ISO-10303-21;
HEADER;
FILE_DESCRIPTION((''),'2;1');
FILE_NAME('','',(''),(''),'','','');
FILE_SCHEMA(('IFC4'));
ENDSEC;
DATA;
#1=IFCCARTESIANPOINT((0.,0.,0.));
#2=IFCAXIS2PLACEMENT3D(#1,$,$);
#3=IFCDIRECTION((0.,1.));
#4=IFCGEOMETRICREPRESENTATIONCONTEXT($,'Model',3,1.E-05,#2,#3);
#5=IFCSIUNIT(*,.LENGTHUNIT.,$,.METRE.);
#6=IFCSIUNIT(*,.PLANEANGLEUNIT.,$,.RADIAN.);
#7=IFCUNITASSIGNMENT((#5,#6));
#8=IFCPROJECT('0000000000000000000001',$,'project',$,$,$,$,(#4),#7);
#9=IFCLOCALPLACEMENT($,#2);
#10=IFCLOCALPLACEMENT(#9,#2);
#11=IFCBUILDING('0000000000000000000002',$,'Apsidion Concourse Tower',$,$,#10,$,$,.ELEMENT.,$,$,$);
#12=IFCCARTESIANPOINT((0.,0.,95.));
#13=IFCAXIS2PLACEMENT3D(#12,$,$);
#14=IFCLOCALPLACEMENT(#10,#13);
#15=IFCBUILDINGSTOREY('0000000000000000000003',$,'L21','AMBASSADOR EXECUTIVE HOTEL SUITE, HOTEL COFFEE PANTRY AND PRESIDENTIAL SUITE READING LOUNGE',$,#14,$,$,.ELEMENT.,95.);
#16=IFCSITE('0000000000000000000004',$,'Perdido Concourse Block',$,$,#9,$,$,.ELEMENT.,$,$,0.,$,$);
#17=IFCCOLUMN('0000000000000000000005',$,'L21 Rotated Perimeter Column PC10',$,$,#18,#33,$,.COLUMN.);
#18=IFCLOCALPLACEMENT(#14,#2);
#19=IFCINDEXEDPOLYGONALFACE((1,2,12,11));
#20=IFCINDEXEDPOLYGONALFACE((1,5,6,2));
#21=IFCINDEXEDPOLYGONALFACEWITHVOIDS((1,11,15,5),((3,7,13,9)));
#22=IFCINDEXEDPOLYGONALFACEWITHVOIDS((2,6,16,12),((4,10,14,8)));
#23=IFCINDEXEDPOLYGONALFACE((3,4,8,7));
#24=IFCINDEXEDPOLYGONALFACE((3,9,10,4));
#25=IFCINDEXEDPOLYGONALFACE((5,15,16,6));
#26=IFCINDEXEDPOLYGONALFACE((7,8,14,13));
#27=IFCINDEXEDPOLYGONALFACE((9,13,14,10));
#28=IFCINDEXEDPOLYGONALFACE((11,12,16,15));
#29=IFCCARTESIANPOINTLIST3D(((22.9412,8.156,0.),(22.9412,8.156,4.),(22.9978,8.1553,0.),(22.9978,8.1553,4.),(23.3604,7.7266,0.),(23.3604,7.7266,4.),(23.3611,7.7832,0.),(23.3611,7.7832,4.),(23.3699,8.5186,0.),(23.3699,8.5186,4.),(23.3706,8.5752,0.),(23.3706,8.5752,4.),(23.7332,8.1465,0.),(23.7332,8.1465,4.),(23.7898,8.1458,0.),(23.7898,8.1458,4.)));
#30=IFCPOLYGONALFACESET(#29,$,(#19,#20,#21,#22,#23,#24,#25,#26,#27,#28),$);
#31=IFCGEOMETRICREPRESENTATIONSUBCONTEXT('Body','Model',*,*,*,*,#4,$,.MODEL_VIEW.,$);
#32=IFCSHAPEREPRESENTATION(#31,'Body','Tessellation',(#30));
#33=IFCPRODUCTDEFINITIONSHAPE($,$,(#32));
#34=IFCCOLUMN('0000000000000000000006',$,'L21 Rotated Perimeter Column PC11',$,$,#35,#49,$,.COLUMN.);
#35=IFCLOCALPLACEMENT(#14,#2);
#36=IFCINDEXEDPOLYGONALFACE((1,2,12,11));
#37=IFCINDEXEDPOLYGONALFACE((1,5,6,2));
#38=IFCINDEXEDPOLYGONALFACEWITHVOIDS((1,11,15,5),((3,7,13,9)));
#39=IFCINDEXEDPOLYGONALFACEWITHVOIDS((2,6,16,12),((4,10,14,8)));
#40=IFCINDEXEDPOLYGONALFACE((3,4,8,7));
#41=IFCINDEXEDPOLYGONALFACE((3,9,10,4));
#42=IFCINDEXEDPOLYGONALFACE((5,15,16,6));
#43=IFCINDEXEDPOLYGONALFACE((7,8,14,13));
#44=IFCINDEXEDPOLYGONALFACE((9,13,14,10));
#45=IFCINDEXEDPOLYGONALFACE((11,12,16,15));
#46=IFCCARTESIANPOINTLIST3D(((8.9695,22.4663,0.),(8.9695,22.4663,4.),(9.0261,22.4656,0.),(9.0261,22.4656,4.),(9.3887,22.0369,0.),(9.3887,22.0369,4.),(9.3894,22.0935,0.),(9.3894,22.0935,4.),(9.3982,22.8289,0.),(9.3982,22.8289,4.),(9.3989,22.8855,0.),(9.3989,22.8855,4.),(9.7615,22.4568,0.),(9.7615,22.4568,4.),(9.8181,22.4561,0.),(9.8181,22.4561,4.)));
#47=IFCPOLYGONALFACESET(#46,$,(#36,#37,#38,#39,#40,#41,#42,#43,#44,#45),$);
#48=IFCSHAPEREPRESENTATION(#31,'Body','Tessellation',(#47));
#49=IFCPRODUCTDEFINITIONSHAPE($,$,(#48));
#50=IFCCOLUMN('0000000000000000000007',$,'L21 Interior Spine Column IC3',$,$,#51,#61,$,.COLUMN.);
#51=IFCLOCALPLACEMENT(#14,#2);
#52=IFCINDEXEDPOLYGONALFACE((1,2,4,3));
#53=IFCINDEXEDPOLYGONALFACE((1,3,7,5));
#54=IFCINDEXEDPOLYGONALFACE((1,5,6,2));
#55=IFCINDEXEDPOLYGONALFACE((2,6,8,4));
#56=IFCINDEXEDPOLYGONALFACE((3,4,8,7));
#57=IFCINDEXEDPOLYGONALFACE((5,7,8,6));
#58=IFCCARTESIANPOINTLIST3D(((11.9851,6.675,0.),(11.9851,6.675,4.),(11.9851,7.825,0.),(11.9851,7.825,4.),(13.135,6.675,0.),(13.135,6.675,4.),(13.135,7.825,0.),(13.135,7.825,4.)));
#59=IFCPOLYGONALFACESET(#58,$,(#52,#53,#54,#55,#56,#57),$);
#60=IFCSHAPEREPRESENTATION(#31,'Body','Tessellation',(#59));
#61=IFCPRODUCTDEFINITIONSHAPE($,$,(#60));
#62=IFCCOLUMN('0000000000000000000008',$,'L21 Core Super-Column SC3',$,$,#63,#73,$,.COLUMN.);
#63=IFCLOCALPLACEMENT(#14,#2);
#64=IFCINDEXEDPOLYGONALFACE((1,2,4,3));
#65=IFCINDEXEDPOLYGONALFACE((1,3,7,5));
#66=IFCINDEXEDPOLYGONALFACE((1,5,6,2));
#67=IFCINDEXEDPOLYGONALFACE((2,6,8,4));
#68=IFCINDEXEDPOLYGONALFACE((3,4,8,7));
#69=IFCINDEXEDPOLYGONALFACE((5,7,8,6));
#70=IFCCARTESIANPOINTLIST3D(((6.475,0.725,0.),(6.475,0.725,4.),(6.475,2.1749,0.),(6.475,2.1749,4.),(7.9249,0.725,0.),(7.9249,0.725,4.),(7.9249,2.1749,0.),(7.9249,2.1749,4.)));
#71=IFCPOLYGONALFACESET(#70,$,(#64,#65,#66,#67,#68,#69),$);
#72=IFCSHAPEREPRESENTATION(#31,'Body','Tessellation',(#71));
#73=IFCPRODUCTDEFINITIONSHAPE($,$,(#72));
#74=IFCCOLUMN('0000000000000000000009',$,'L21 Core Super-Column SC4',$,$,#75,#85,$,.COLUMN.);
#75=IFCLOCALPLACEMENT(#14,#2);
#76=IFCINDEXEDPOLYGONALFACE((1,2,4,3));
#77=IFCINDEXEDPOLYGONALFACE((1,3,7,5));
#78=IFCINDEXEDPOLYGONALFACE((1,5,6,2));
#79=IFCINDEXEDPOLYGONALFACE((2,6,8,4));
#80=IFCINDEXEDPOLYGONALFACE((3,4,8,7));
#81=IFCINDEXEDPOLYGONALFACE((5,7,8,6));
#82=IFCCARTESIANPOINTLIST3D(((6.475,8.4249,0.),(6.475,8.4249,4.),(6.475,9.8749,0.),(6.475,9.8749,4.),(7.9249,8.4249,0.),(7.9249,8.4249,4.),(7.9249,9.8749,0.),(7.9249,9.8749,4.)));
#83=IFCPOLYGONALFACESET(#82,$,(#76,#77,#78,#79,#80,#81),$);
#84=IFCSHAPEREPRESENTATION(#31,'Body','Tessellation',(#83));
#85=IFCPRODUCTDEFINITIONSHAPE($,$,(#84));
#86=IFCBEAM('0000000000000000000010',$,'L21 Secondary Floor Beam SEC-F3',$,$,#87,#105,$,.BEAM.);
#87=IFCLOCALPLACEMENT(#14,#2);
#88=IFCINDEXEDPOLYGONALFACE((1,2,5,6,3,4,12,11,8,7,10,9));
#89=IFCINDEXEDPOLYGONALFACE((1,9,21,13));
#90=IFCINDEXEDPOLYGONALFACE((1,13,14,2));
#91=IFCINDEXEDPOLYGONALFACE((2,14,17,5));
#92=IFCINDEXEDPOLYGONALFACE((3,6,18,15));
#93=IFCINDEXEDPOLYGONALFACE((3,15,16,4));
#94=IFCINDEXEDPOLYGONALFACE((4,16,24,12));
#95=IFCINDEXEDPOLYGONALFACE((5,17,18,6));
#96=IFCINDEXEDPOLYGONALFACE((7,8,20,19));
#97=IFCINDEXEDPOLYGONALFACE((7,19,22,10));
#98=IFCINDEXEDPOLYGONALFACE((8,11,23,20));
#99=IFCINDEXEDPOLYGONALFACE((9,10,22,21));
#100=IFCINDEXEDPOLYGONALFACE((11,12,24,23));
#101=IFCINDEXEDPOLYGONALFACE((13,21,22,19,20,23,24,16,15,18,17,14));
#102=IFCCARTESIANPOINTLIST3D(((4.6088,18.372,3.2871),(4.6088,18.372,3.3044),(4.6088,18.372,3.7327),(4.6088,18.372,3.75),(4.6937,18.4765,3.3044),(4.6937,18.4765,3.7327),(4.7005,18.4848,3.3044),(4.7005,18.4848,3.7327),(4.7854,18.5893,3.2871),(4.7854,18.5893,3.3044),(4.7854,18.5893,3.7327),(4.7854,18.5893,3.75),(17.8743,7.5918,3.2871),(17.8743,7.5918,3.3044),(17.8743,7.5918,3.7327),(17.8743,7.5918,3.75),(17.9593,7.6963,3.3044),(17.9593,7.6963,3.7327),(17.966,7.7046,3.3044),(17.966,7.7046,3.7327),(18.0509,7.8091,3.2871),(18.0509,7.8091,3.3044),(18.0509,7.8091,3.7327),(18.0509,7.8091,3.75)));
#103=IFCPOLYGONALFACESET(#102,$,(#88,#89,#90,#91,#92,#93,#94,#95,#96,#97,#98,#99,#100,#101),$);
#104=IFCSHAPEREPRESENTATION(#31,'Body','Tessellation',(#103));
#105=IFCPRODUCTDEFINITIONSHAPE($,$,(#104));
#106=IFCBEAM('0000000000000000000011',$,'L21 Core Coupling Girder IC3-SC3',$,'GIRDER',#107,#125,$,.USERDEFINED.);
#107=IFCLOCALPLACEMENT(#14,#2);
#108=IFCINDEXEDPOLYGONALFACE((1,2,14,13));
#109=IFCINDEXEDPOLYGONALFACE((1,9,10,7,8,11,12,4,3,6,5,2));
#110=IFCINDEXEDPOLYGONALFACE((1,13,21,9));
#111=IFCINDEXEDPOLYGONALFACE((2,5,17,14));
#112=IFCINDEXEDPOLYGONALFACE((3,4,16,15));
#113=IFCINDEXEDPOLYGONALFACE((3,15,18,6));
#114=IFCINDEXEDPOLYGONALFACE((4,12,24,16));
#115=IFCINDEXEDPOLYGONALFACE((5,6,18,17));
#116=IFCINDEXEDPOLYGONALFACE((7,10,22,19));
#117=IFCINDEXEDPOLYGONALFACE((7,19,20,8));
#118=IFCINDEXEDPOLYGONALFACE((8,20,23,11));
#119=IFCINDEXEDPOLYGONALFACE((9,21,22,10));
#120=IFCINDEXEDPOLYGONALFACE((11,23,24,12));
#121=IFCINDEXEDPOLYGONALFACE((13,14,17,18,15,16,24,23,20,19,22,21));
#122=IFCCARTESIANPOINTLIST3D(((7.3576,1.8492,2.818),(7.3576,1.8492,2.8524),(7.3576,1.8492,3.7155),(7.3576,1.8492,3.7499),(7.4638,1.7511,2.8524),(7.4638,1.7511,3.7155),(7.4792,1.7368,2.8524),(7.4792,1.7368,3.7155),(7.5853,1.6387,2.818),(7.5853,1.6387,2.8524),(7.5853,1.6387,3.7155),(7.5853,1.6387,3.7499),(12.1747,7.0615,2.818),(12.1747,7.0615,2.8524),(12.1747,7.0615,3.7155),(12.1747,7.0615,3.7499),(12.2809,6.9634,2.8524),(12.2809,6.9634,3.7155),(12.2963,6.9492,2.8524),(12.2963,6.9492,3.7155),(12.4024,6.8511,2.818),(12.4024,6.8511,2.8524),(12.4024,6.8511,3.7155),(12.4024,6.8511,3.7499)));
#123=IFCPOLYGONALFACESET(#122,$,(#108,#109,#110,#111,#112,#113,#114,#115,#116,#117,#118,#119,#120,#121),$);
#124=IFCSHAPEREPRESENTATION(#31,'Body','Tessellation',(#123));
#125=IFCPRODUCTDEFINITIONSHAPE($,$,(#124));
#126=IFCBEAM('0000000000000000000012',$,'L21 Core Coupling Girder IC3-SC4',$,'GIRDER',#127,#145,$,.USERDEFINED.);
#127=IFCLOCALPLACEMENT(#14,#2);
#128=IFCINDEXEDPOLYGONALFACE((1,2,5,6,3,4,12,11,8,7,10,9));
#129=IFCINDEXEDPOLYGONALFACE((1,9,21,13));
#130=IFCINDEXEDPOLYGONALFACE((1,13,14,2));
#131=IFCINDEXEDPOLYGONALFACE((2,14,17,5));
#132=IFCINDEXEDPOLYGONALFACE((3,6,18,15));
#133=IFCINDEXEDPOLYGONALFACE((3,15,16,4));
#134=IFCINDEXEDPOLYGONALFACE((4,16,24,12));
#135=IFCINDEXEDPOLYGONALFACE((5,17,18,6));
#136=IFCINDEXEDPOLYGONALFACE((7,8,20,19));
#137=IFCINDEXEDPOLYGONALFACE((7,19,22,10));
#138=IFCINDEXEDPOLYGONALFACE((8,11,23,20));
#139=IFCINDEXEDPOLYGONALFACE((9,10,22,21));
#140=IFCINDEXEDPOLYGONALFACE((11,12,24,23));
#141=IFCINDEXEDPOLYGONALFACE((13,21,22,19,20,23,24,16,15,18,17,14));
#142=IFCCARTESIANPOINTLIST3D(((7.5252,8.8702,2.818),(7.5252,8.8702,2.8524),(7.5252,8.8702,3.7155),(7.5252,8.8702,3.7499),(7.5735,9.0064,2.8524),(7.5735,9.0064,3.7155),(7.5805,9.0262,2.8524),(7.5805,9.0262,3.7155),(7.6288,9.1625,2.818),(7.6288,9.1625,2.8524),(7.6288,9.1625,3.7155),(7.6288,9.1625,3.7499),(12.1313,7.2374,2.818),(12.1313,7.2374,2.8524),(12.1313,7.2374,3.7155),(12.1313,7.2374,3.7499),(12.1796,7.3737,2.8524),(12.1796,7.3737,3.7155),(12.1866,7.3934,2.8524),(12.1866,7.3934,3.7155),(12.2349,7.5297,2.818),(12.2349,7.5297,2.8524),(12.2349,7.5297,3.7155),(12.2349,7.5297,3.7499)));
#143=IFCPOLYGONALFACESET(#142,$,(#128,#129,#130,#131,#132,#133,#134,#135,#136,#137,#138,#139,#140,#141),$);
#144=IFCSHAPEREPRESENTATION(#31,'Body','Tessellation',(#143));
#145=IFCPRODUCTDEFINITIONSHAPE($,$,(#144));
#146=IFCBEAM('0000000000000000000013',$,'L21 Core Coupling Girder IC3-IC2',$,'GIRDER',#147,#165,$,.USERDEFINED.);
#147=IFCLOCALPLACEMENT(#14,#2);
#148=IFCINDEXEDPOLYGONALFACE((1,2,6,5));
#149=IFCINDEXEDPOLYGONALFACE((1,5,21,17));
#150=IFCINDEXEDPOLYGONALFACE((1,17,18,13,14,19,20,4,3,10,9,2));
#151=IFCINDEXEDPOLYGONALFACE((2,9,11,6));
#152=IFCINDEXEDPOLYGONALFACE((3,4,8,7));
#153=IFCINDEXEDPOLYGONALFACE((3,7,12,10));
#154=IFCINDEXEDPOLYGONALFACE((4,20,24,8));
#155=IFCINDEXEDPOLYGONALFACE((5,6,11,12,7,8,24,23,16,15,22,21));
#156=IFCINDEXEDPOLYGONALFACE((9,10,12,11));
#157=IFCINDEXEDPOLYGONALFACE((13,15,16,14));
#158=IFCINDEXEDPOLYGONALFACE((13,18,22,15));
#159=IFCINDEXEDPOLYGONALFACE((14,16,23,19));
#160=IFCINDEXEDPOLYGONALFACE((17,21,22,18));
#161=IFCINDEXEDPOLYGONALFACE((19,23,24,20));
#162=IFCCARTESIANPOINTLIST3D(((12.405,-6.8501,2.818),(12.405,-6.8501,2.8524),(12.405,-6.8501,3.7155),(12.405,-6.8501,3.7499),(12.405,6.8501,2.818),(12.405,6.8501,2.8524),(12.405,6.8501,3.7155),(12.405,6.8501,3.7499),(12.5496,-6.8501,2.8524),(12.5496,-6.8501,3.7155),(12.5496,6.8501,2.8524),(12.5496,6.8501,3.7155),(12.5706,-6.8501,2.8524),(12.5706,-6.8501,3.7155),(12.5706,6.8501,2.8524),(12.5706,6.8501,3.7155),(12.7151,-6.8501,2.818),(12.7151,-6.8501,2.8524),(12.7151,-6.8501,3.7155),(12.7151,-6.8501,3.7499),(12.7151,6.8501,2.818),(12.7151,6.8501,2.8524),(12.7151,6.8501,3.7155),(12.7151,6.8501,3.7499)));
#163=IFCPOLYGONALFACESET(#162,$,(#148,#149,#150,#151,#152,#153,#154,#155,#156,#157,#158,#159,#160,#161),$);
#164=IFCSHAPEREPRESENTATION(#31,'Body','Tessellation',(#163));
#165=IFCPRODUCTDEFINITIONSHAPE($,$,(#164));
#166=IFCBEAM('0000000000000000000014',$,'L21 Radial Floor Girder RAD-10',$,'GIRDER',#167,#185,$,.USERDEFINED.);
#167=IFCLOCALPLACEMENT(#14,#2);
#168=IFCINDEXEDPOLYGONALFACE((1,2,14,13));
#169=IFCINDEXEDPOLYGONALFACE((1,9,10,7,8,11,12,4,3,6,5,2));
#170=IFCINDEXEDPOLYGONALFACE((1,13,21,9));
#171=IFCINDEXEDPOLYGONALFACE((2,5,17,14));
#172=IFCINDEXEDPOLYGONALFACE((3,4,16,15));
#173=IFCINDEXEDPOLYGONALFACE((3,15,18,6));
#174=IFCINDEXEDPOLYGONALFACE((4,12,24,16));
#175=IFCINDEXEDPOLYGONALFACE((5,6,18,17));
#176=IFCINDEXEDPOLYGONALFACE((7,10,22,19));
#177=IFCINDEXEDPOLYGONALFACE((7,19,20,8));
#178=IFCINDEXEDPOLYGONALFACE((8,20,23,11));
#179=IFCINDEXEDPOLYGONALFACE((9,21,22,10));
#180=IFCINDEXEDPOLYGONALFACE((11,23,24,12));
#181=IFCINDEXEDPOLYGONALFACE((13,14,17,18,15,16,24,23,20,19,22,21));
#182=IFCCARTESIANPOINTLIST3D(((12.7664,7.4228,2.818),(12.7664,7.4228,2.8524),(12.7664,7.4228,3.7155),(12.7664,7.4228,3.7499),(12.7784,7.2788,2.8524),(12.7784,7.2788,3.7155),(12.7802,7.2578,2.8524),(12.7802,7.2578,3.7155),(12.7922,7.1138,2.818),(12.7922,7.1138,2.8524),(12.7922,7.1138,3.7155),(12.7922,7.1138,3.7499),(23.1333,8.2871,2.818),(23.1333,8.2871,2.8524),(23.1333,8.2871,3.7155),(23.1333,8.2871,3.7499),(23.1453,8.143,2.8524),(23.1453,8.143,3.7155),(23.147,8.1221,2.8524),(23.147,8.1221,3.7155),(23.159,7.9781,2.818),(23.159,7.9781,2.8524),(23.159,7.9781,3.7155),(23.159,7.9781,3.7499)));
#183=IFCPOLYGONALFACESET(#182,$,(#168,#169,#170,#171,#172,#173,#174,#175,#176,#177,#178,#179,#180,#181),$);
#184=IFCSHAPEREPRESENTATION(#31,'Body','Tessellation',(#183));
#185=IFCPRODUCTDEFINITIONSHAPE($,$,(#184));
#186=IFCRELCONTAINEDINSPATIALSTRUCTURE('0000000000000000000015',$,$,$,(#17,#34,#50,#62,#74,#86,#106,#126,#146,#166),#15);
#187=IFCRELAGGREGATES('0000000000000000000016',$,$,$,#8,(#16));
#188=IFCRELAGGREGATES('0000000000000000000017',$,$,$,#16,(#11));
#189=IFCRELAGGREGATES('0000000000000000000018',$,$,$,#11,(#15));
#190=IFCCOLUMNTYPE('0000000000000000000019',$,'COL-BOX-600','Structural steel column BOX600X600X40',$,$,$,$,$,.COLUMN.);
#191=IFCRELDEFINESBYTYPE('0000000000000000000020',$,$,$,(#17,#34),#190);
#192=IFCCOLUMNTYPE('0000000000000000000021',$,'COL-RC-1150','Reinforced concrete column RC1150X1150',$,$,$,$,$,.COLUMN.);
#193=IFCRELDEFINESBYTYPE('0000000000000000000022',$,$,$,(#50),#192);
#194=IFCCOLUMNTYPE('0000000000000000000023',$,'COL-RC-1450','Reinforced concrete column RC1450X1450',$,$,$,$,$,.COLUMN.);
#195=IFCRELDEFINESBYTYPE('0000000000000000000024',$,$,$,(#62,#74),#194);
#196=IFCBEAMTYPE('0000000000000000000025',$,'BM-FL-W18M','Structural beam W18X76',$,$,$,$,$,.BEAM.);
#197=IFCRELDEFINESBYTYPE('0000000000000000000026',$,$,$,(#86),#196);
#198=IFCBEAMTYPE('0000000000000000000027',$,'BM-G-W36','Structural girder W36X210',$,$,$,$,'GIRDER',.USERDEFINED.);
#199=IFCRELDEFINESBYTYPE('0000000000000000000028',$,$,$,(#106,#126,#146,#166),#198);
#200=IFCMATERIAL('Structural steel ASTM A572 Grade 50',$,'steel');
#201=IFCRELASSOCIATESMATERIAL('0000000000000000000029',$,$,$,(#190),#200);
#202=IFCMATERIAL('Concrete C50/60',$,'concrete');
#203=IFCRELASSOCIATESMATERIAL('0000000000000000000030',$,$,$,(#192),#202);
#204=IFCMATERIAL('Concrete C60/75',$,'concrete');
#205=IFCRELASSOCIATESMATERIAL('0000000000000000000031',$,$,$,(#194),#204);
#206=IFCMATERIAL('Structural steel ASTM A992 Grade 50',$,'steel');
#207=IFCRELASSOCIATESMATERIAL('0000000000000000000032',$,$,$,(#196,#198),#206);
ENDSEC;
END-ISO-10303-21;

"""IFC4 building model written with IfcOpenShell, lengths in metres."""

from ifc_helpers import new_model, si_unit, direction, frame, origin, origin_2d, place, context, subcontext, project, spatial, rectangle, hollow_rectangle, i_section, extrude, material, material_profile, profile_set, type_object, element, save


model = new_model("IFC4")

# Units and contexts
model_context = context("Model", 3, precision=1e-05, world=origin(), true_north=direction((0.0, 1.0)))
body_context = subcontext(model_context, "Body", "Model", "MODEL_VIEW")
ifc_project = project(units=[si_unit("LENGTHUNIT", "METRE"), si_unit("PLANEANGLEUNIT", "RADIAN")], contexts=[model_context])

# Site, building, storey
site_placement = place(None, origin())
site = spatial("IfcSite", under=ifc_project, at=site_placement, Name="Perdido Concourse Block", CompositionType="ELEMENT", RefElevation=0.0)
building_placement = place(site_placement, origin())
building = spatial("IfcBuilding", under=site, at=building_placement, Name="Apsidion Concourse Tower", CompositionType="ELEMENT")
storey_placement = place(building_placement, frame((0.0, 0.0, 95.0)))
storey = spatial("IfcBuildingStorey", under=building, at=storey_placement, Name="L21", Description="AMBASSADOR EXECUTIVE HOTEL SUITE, HOTEL COFFEE PANTRY AND PRESIDENTIAL SUITE READING LOUNGE", CompositionType="ELEMENT", Elevation=95.0)

# Columns
ifc_material_1 = material(Name="Structural steel ASTM A572 Grade 50", Category="steel")
ifc_material_profile_1 = material_profile(ifc_material_1, hollow_rectangle(XDim=0.6001, YDim=0.6001, WallThickness=0.04, at=origin_2d()), Name="BOX600X600X40")
ifc_profile_set_1 = profile_set([ifc_material_profile_1], Name="Structural steel ASTM A572 Grade 50")
column_type_1 = type_object("IfcColumnType", Name="COL-BOX-600", Description="Structural steel column BOX600X600X40", PredefinedType="COLUMN", material=ifc_profile_set_1)
for number, where, z_axis, x_axis, name in (
    (1, (23.3655, 8.1509, 0.0), (0.0, 0.0, 1.0), (-0.69854, 0.715571, 0.0), "L21 Rotated Perimeter Column PC10"),
    (2, (9.3938, 22.4612, 0.0), (0.0, 0.0, 1.0), (-0.69854, 0.715571, 0.0), "L21 Rotated Perimeter Column PC11"),
):
    element("IfcColumn", number, at=place(storey_placement, frame(where, z_axis=z_axis, x_axis=x_axis)), inside=storey, type_object=column_type_1, Name=name, PredefinedType="COLUMN", context=body_context, shape_type="SweptSolid", body=[
        extrude(hollow_rectangle(XDim=0.6001, YDim=0.6001, WallThickness=0.04, at=origin_2d()), origin(), (0.0, 0.0, 1.0), 4.0),
    ])
ifc_material_2 = material(Name="Concrete C50/60", Category="concrete")
ifc_material_profile_2 = material_profile(ifc_material_2, rectangle(XDim=1.1499, YDim=1.1499, at=origin_2d()), Name="RC 1150x1150")
ifc_profile_set_2 = profile_set([ifc_material_profile_2], Name="Concrete C50/60")
column_type_2 = type_object("IfcColumnType", Name="COL-RC-1150", Description="Reinforced concrete column RC1150X1150", PredefinedType="COLUMN", material=ifc_profile_set_2)
column_placement = place(storey_placement, frame((12.5601, 7.25, 0.0), z_axis=(0.0, 0.0, 1.0), x_axis=(1.0, 0.0, 0.0)))
element("IfcColumn", 3, at=column_placement, inside=storey, type_object=column_type_2, Name="L21 Interior Spine Column IC3", PredefinedType="COLUMN", context=body_context, shape_type="SweptSolid", body=[
    extrude(rectangle(XDim=1.1499, YDim=1.1499, at=origin_2d()), origin(), (0.0, 0.0, 1.0), 4.0),
])
ifc_material_3 = material(Name="Concrete C60/75", Category="concrete")
ifc_material_profile_3 = material_profile(ifc_material_3, rectangle(XDim=1.45, YDim=1.45, at=origin_2d()), Name="RC 1450x1450")
ifc_profile_set_3 = profile_set([ifc_material_profile_3], Name="Concrete C60/75")
column_type_3 = type_object("IfcColumnType", Name="COL-RC-1450", Description="Reinforced concrete column RC1450X1450", PredefinedType="COLUMN", material=ifc_profile_set_3)
for number, where, z_axis, x_axis, name in (
    (4, (7.2, 1.45, 0.0), (0.0, 0.0, 1.0), (1.0, 0.0, 0.0), "L21 Core Super-Column SC3"),
    (5, (7.2, 9.1499, 0.0), (0.0, 0.0, 1.0), (1.0, 0.0, 0.0), "L21 Core Super-Column SC4"),
):
    element("IfcColumn", number, at=place(storey_placement, frame(where, z_axis=z_axis, x_axis=x_axis)), inside=storey, type_object=column_type_3, Name=name, PredefinedType="COLUMN", context=body_context, shape_type="SweptSolid", body=[
        extrude(rectangle(XDim=1.45, YDim=1.45, at=origin_2d()), origin(), (0.0, 0.0, 1.0), 4.0),
    ])

# Beams
ifc_material_4 = material(Name="Structural steel ASTM A992 Grade 50", Category="steel")
ifc_material_profile_4 = material_profile(ifc_material_4, i_section(OverallWidth=0.28, OverallDepth=0.4629, WebThickness=0.0107, FlangeThickness=0.0173, at=origin_2d()), Name="W18X76")
ifc_profile_set_4 = profile_set([ifc_material_profile_4], Name="Structural steel ASTM A992 Grade 50")
beam_type_1 = type_object("IfcBeamType", Name="BM-FL-W18M", Description="Structural beam W18X76", PredefinedType="BEAM", material=ifc_profile_set_4)
beam_1_placement = place(storey_placement, frame((17.9626, 7.7004, 3.5186), z_axis=(-0.776058, 0.630661, 0.0), x_axis=(-0.630661, -0.776058, 0.0)))
element("IfcBeam", 6, at=beam_1_placement, inside=storey, type_object=beam_type_1, Name="L21 Secondary Floor Beam SEC-F3", PredefinedType="BEAM", context=body_context, shape_type="SweptSolid", body=[
    extrude(i_section(OverallWidth=0.28, OverallDepth=0.4629, WebThickness=0.0107, FlangeThickness=0.0173, at=origin_2d()), origin(), (0.0, 0.0, 1.0), 17.0935),
])
ifc_material_profile_5 = material_profile(ifc_material_4, i_section(OverallWidth=0.3101, OverallDepth=0.9319, WebThickness=0.021, FlangeThickness=0.0344, at=origin_2d()), Name="W36X210")
ifc_profile_set_5 = profile_set([ifc_material_profile_5], Name="Structural steel ASTM A992 Grade 50")
beam_type_2 = type_object("IfcBeamType", Name="BM-G-W36", Description="Structural girder W36X210", ElementType="GIRDER", PredefinedType="USERDEFINED", material=ifc_profile_set_5)
beam_2_placement = place(storey_placement, frame((12.2886, 6.9563, 3.2839), z_axis=(-0.678713, -0.734404, 0.0), x_axis=(0.734404, -0.678713, 0.0)))
element("IfcBeam", 7, at=beam_2_placement, inside=storey, type_object=beam_type_2, Name="L21 Core Coupling Girder IC3-SC3", ObjectType="GIRDER", PredefinedType="USERDEFINED", context=body_context, shape_type="SweptSolid", body=[
    extrude(i_section(OverallWidth=0.3101, OverallDepth=0.9319, WebThickness=0.021, FlangeThickness=0.0344, at=origin_2d()), origin(), (0.0, 0.0, 1.0), 7.0974),
])
beam_3_placement = place(storey_placement, frame((12.1831, 7.3835, 3.2839), z_axis=(-0.942534, 0.334111, 0.0), x_axis=(-0.334111, -0.942534, 0.0)))
element("IfcBeam", 8, at=beam_3_placement, inside=storey, type_object=beam_type_2, Name="L21 Core Coupling Girder IC3-SC4", ObjectType="GIRDER", PredefinedType="USERDEFINED", context=body_context, shape_type="SweptSolid", body=[
    extrude(i_section(OverallWidth=0.3101, OverallDepth=0.9319, WebThickness=0.021, FlangeThickness=0.0344, at=origin_2d()), origin(), (0.0, 0.0, 1.0), 4.887),
])
beam_4_placement = place(storey_placement, frame((12.5601, 6.8501, 3.2839), z_axis=(0.0, -1.0, 0.0), x_axis=(1.0, 0.0, 0.0)))
element("IfcBeam", 9, at=beam_4_placement, inside=storey, type_object=beam_type_2, Name="L21 Core Coupling Girder IC3-IC2", ObjectType="GIRDER", PredefinedType="USERDEFINED", context=body_context, shape_type="SweptSolid", body=[
    extrude(i_section(OverallWidth=0.3101, OverallDepth=0.9319, WebThickness=0.021, FlangeThickness=0.0344, at=origin_2d()), origin(), (0.0, 0.0, 1.0), 13.7002),
])
beam_5_placement = place(storey_placement, frame((12.7793, 7.2683, 3.2839), z_axis=(0.996543, 0.083078, 0.0), x_axis=(-0.083078, 0.996543, 0.0)))
element("IfcBeam", 10, at=beam_5_placement, inside=storey, type_object=beam_type_2, Name="L21 Radial Floor Girder RAD-10", ObjectType="GIRDER", PredefinedType="USERDEFINED", context=body_context, shape_type="SweptSolid", body=[
    extrude(i_section(OverallWidth=0.3101, OverallDepth=0.9319, WebThickness=0.021, FlangeThickness=0.0344, at=origin_2d()), origin(), (0.0, 0.0, 1.0), 10.4028),
])

save(model, "model.ifc")
